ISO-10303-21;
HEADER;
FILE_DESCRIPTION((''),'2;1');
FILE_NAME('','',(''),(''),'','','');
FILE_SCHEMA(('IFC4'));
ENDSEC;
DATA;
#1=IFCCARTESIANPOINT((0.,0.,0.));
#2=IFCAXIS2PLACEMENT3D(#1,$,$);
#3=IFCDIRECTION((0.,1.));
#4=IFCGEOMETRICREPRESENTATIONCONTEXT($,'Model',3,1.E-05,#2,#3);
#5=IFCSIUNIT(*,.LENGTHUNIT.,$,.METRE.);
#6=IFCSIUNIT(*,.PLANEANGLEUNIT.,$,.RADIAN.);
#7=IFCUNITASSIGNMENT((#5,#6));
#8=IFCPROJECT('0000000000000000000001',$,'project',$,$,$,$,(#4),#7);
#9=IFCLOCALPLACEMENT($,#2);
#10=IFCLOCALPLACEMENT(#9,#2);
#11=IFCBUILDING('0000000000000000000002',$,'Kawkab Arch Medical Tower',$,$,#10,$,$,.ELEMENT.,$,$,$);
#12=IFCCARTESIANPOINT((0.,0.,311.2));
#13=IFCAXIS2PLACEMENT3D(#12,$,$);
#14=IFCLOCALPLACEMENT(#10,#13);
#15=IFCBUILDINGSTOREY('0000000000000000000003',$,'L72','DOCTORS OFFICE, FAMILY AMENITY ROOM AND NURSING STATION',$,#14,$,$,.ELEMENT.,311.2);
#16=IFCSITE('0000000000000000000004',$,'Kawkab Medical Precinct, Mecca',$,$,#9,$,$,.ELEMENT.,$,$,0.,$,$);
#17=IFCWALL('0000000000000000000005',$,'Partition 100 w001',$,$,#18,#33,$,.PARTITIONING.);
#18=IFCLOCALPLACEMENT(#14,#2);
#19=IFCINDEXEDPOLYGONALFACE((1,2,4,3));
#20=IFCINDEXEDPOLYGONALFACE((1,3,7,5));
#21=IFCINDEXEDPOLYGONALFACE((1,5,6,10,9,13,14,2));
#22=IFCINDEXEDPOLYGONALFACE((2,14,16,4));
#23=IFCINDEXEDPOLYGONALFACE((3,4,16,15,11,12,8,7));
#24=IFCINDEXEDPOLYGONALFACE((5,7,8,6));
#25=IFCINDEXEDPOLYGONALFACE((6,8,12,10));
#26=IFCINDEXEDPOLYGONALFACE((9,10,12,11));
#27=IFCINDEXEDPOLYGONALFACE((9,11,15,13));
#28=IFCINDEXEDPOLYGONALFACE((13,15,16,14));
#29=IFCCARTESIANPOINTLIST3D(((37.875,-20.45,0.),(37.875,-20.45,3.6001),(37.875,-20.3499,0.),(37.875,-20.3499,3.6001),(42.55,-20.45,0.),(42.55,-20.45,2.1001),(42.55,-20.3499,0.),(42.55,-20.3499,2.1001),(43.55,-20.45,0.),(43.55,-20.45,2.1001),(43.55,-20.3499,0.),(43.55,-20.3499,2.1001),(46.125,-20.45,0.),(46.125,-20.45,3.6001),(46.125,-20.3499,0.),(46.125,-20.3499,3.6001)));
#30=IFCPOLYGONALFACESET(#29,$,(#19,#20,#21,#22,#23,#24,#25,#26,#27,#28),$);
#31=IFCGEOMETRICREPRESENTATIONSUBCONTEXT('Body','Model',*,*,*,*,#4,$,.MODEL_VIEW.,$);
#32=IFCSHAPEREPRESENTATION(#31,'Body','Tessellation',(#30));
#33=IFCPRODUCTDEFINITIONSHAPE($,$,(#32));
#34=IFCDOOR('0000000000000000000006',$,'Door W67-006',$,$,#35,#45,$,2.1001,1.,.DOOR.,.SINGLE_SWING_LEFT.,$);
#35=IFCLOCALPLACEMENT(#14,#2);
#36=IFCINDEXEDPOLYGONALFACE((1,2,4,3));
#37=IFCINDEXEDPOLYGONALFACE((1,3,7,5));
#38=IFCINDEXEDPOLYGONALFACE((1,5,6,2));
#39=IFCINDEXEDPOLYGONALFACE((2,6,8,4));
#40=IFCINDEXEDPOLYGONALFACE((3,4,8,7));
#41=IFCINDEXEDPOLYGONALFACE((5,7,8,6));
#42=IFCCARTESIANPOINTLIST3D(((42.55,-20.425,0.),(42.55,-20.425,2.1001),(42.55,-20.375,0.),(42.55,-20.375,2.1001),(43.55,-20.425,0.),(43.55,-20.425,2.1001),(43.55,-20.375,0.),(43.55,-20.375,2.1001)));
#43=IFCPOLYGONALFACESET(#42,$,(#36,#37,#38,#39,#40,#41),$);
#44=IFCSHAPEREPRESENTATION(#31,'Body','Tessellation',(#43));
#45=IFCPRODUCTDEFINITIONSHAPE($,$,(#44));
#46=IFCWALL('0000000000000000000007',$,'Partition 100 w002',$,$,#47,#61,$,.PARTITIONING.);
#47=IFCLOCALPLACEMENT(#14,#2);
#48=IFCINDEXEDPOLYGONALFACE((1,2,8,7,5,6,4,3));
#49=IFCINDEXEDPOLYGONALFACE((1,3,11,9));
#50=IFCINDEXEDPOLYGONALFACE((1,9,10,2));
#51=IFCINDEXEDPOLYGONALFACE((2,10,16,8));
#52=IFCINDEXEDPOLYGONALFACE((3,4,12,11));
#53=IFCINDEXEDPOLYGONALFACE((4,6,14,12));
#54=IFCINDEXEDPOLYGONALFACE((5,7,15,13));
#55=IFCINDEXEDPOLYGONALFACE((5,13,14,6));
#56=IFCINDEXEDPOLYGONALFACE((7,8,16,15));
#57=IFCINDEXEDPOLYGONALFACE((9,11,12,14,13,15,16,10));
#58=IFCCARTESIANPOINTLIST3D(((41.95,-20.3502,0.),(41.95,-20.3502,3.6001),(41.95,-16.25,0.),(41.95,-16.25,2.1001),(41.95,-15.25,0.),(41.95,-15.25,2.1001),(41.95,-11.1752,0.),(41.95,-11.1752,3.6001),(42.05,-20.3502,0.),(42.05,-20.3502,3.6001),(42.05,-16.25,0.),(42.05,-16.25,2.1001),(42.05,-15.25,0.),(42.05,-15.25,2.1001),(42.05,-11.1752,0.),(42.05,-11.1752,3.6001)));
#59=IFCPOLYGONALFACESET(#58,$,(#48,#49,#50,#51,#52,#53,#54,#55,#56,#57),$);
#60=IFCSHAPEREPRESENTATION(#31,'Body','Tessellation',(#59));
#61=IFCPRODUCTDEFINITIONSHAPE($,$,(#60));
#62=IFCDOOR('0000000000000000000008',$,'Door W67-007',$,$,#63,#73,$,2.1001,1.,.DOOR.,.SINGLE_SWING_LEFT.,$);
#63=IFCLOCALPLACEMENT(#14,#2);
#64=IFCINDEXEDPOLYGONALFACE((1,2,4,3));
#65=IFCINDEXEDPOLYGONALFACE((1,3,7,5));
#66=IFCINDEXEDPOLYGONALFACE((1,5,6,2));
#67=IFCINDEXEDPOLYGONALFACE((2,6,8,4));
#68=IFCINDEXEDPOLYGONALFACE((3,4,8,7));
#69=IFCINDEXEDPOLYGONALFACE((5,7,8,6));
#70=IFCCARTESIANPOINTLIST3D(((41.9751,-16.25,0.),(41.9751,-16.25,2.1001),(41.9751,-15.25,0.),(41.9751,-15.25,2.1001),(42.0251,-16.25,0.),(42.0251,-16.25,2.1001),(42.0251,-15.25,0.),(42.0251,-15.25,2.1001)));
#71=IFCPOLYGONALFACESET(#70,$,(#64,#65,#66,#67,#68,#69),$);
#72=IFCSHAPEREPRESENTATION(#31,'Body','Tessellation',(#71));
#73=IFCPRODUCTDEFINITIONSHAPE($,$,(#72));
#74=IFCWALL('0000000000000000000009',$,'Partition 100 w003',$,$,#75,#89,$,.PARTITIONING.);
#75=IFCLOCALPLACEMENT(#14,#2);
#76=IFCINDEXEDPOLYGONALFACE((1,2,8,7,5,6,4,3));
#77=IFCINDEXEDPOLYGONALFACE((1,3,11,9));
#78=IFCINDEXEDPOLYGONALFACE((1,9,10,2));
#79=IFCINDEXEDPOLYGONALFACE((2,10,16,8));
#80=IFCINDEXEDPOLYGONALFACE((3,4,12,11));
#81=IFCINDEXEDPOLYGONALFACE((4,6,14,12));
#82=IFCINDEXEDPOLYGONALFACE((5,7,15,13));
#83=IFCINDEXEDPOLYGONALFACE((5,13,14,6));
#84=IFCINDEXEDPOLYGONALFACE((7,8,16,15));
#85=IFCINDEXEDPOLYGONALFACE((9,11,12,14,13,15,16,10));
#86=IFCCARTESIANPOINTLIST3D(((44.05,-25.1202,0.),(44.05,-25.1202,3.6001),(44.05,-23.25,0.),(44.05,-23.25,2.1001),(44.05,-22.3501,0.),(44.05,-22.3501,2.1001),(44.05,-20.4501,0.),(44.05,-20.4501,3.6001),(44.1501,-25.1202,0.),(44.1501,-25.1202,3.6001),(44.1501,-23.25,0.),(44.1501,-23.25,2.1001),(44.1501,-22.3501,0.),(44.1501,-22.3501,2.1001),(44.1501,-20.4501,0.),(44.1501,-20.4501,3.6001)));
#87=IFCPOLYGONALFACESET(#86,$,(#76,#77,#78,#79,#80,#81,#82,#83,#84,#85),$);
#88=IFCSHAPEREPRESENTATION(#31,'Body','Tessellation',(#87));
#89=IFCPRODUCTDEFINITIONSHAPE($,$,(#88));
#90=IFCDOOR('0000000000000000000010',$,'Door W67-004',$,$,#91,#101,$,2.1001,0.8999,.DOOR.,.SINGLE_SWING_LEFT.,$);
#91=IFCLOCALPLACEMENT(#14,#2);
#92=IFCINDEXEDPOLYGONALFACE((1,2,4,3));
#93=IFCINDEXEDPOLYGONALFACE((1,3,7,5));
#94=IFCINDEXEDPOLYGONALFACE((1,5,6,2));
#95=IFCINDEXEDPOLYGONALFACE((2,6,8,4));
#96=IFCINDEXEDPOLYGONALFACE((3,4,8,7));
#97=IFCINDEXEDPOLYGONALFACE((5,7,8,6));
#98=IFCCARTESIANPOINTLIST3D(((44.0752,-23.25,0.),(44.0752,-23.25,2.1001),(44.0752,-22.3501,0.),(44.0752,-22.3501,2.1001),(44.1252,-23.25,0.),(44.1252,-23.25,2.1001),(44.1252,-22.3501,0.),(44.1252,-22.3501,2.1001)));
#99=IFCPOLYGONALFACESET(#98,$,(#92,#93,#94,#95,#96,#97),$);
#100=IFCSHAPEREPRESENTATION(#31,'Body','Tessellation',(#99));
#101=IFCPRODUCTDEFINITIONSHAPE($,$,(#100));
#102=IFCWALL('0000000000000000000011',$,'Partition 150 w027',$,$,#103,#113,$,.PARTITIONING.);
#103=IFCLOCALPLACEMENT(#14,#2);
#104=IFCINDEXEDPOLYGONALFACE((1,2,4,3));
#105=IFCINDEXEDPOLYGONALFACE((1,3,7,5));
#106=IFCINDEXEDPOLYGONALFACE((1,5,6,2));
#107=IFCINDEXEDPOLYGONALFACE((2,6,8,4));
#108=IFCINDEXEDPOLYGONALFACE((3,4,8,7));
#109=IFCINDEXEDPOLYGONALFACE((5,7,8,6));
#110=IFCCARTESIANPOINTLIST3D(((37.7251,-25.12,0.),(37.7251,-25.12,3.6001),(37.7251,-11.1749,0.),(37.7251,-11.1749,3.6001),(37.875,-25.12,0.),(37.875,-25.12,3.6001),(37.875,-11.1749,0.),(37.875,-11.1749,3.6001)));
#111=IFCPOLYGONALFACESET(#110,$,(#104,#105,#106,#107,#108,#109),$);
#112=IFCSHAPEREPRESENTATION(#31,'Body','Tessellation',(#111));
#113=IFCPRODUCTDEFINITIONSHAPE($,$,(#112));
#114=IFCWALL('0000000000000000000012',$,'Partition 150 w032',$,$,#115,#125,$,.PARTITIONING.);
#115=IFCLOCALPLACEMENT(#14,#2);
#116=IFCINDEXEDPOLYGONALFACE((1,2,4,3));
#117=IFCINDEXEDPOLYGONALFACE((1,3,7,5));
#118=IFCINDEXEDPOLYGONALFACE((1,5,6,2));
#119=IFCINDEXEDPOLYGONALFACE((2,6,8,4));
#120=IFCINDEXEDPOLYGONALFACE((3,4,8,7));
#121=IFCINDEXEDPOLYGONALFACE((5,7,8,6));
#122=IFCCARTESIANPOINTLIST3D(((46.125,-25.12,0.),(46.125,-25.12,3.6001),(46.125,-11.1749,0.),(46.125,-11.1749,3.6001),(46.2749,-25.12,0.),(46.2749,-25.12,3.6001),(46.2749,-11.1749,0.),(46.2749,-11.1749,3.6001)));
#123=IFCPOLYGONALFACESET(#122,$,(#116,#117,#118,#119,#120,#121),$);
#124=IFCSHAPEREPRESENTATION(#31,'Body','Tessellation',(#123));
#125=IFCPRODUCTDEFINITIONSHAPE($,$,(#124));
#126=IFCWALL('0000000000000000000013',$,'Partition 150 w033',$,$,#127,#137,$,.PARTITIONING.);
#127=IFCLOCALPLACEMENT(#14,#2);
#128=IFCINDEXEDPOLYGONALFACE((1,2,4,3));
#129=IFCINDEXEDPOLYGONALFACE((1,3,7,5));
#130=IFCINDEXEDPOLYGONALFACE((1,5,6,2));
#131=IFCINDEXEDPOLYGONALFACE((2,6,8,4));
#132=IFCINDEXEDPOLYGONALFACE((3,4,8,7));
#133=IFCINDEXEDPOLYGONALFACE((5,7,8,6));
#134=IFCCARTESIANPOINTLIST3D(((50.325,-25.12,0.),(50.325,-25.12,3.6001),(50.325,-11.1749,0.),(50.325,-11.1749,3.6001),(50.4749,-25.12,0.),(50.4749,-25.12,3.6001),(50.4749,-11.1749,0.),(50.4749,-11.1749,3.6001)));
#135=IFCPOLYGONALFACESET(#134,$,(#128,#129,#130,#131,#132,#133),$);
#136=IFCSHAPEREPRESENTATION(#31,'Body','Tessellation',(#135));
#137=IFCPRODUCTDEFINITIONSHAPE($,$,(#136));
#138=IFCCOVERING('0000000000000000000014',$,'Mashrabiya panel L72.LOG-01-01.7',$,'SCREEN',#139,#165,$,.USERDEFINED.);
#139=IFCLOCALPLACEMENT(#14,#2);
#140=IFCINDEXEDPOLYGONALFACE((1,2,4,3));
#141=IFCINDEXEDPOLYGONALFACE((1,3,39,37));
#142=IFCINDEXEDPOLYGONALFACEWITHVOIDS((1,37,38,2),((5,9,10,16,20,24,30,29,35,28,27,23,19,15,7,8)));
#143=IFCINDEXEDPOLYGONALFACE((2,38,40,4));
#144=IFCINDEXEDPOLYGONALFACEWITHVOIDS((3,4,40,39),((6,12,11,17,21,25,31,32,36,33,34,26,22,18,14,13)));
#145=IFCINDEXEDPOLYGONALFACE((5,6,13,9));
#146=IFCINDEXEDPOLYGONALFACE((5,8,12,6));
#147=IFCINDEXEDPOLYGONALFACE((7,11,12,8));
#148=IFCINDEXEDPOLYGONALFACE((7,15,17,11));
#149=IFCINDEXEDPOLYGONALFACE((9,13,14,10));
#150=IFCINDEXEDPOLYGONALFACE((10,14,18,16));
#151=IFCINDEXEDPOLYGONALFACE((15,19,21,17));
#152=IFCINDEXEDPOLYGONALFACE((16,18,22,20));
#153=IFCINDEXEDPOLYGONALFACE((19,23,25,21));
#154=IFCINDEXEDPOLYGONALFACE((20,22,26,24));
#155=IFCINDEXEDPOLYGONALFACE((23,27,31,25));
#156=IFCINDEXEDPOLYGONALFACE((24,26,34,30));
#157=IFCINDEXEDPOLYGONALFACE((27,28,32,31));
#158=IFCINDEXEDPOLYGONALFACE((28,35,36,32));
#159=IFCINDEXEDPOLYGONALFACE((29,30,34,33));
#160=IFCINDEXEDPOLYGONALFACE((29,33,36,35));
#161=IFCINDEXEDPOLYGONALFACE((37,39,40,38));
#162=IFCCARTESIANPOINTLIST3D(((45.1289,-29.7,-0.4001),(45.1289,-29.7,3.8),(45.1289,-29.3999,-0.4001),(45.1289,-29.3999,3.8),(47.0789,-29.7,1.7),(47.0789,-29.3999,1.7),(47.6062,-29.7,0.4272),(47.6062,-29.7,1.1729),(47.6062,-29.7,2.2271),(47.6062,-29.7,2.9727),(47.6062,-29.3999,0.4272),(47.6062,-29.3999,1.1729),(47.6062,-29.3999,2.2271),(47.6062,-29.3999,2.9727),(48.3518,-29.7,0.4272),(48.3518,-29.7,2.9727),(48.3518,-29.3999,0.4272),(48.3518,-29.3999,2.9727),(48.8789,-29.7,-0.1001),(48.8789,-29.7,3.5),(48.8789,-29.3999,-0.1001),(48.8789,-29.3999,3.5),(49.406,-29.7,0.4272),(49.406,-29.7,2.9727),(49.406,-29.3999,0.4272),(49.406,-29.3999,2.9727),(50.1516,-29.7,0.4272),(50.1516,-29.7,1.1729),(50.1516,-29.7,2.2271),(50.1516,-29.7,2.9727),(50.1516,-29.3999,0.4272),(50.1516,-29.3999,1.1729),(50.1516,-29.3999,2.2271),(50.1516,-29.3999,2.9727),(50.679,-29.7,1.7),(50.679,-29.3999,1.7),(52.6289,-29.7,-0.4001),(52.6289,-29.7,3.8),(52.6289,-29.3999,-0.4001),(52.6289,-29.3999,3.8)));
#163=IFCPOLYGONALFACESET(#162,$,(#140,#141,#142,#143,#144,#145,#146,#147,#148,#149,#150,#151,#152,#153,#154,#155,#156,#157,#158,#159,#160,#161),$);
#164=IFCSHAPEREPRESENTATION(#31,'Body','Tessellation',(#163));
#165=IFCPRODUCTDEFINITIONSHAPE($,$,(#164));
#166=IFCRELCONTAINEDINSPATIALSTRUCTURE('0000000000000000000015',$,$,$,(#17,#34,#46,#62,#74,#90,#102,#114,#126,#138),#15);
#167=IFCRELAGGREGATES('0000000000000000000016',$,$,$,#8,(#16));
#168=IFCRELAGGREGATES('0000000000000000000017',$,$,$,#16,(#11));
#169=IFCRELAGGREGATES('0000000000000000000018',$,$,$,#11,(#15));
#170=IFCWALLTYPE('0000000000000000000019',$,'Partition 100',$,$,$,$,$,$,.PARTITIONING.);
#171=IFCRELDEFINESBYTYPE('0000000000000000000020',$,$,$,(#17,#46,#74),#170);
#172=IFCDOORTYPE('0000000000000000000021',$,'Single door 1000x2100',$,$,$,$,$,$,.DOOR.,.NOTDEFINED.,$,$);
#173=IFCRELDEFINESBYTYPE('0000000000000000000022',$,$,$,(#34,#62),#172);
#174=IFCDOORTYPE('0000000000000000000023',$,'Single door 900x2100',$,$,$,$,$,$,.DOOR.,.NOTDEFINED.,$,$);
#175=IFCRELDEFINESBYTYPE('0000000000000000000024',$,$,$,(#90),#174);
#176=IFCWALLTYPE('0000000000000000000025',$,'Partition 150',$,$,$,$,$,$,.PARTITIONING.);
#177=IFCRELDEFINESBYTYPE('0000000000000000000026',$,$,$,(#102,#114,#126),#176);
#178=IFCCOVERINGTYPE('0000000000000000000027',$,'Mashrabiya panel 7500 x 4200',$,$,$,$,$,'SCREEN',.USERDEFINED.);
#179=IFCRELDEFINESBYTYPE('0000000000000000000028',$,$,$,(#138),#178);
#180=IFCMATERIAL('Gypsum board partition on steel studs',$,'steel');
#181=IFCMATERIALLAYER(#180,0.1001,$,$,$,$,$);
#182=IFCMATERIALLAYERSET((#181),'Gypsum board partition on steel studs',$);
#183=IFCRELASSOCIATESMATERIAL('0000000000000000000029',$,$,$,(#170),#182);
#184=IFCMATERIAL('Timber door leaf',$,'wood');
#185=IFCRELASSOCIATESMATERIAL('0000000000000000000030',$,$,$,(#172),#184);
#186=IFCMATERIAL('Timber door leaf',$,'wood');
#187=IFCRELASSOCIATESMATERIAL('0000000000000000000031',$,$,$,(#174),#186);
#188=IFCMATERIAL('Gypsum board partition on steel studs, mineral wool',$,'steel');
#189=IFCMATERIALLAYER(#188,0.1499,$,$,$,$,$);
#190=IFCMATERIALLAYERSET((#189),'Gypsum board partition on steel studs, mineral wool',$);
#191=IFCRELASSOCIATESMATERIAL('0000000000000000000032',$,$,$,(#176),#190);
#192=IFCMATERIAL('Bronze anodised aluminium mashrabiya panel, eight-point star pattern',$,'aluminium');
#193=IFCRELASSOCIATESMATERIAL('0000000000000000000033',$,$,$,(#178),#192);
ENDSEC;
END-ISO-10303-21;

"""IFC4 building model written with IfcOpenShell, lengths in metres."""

from ifc_helpers import new_model, si_unit, direction, frame, frame_2d, origin, place, context, subcontext, project, spatial, polyline, rectangle, outline, extrude, material, layer, layer_set, material_profile, profile_set, type_object, element, fill, save


model = new_model("IFC4")

# Units and contexts
model_context = context("Model", 3, precision=1e-05, world=origin(), true_north=direction((0.0, 1.0)))
body_context = subcontext(model_context, "Body", "Model", "MODEL_VIEW")
ifc_project = project(units=[si_unit("LENGTHUNIT", "METRE"), si_unit("PLANEANGLEUNIT", "RADIAN")], contexts=[model_context])

# Site, building, storey
site_placement = place(None, origin())
site = spatial("IfcSite", under=ifc_project, at=site_placement, Name="Kawkab Medical Precinct, Mecca", CompositionType="ELEMENT", RefElevation=0.0)
building_placement = place(site_placement, origin())
building = spatial("IfcBuilding", under=site, at=building_placement, Name="Kawkab Arch Medical Tower", CompositionType="ELEMENT")
storey_placement = place(building_placement, frame((0.0, 0.0, 311.2)))
storey = spatial("IfcBuildingStorey", under=building, at=storey_placement, Name="L72", Description="DOCTORS OFFICE, FAMILY AMENITY ROOM AND NURSING STATION", CompositionType="ELEMENT", Elevation=311.2)

# Walls, openings, doors
ifc_material_1 = material(Name="Gypsum board partition on steel studs", Category="steel")
ifc_layer_1 = layer(ifc_material_1, 0.1001)
ifc_layer_set_1 = layer_set([ifc_layer_1], Name="Gypsum board partition on steel studs")
wall_type_1 = type_object("IfcWallType", Name="Partition 100", PredefinedType="PARTITIONING", material=ifc_layer_set_1)
wall_1_placement = place(storey_placement, frame((37.875, -20.3999, 0.0), z_axis=(0.0, 0.0, 1.0), x_axis=(1.0, 0.0, 0.0)))
wall_1 = element("IfcWall", 1, at=wall_1_placement, inside=storey, type_object=wall_type_1, Name="Partition 100 w001", PredefinedType="PARTITIONING", context=body_context, shape_type="SweptSolid", body=[
    extrude(rectangle(XDim=8.25, YDim=0.1001, at=frame_2d((4.125, 0.0))), origin(), (0.0, 0.0, 1.0), 3.6001),
])
opening_1_placement = place(wall_1_placement, frame((4.675, 0.0, 0.0)))
opening_1 = element("IfcOpeningElement", 2, at=opening_1_placement, cuts=wall_1, PredefinedType="OPENING", context=body_context, shape_type="SweptSolid", body=[
    extrude(rectangle(XDim=1.0, YDim=2.1001, at=frame_2d((0.5, 1.05))), frame((0.0, 0.0601, 0.0), z_axis=(0.0, -1.0, 0.0), x_axis=(1.0, 0.0, 0.0)), (0.0, 0.0, 1.0), 0.1201),
])
ifc_material_2 = material(Name="Timber door leaf", Category="wood")
door_type_1 = type_object("IfcDoorType", Name="Single door 1000x2100", OperationType="NOTDEFINED", PredefinedType="DOOR", material=ifc_material_2)
door_1_placement = place(opening_1_placement, origin())
door_1 = element("IfcDoor", 3, at=door_1_placement, inside=storey, type_object=door_type_1, Name="Door W67-006", OperationType="SINGLE_SWING_LEFT", OverallHeight=2.1001, OverallWidth=1.0, PredefinedType="DOOR", context=body_context, shape_type="SweptSolid", body=[
    extrude(rectangle(XDim=1.0, YDim=2.1001, at=frame_2d((0.5, 1.05))), frame((0.0, 0.0249, 0.0), z_axis=(0.0, -1.0, 0.0), x_axis=(1.0, 0.0, 0.0)), (0.0, 0.0, 1.0), 0.05),
])
fill(opening_1, door_1)
wall_2_placement = place(storey_placement, frame((42.0, -20.3501, 0.0), z_axis=(0.0, 0.0, 1.0), x_axis=(0.0, 1.0, 0.0)))
wall_2 = element("IfcWall", 4, at=wall_2_placement, inside=storey, type_object=wall_type_1, Name="Partition 100 w002", PredefinedType="PARTITIONING", context=body_context, shape_type="SweptSolid", body=[
    extrude(rectangle(XDim=9.175, YDim=0.1001, at=frame_2d((4.5874, 0.0))), origin(), (0.0, 0.0, 1.0), 3.6001),
])
opening_2_placement = place(wall_2_placement, frame((4.1001, 0.0, 0.0)))
opening_2 = element("IfcOpeningElement", 5, at=opening_2_placement, cuts=wall_2, PredefinedType="OPENING", context=body_context, shape_type="SweptSolid", body=[
    extrude(rectangle(XDim=1.0, YDim=2.1001, at=frame_2d((0.5, 1.05))), frame((0.0, 0.0601, 0.0), z_axis=(0.0, -1.0, 0.0), x_axis=(1.0, 0.0, 0.0)), (0.0, 0.0, 1.0), 0.1201),
])
door_2_placement = place(opening_2_placement, origin())
door_2 = element("IfcDoor", 6, at=door_2_placement, inside=storey, type_object=door_type_1, Name="Door W67-007", OperationType="SINGLE_SWING_LEFT", OverallHeight=2.1001, OverallWidth=1.0, PredefinedType="DOOR", context=body_context, shape_type="SweptSolid", body=[
    extrude(rectangle(XDim=1.0, YDim=2.1001, at=frame_2d((0.5, 1.05))), frame((0.0, 0.0249, 0.0), z_axis=(0.0, -1.0, 0.0), x_axis=(1.0, 0.0, 0.0)), (0.0, 0.0, 1.0), 0.05),
])
fill(opening_2, door_2)
wall_3_placement = place(storey_placement, frame((44.1001, -25.1201, 0.0), z_axis=(0.0, 0.0, 1.0), x_axis=(0.0, 1.0, 0.0)))
wall_3 = element("IfcWall", 7, at=wall_3_placement, inside=storey, type_object=wall_type_1, Name="Partition 100 w003", PredefinedType="PARTITIONING", context=body_context, shape_type="SweptSolid", body=[
    extrude(rectangle(XDim=4.6702, YDim=0.1001, at=frame_2d((2.335, 0.0))), origin(), (0.0, 0.0, 1.0), 3.6001),
])
opening_3_placement = place(wall_3_placement, frame((1.8701, 0.0, 0.0)))
opening_3 = element("IfcOpeningElement", 8, at=opening_3_placement, cuts=wall_3, PredefinedType="OPENING", context=body_context, shape_type="SweptSolid", body=[
    extrude(rectangle(XDim=0.8999, YDim=2.1001, at=frame_2d((0.45, 1.05))), frame((0.0, 0.0601, 0.0), z_axis=(0.0, -1.0, 0.0), x_axis=(1.0, 0.0, 0.0)), (0.0, 0.0, 1.0), 0.1201),
])
ifc_material_3 = material(Name="Timber door leaf", Category="wood")
door_type_2 = type_object("IfcDoorType", Name="Single door 900x2100", OperationType="NOTDEFINED", PredefinedType="DOOR", material=ifc_material_3)
door_3_placement = place(opening_3_placement, origin())
door_3 = element("IfcDoor", 9, at=door_3_placement, inside=storey, type_object=door_type_2, Name="Door W67-004", OperationType="SINGLE_SWING_LEFT", OverallHeight=2.1001, OverallWidth=0.8999, PredefinedType="DOOR", context=body_context, shape_type="SweptSolid", body=[
    extrude(rectangle(XDim=0.8999, YDim=2.1001, at=frame_2d((0.45, 1.05))), frame((0.0, 0.0249, 0.0), z_axis=(0.0, -1.0, 0.0), x_axis=(1.0, 0.0, 0.0)), (0.0, 0.0, 1.0), 0.05),
])
fill(opening_3, door_3)

# Walls
ifc_material_4 = material(Name="Gypsum board partition on steel studs, mineral wool", Category="steel")
ifc_layer_2 = layer(ifc_material_4, 0.1499)
ifc_layer_set_2 = layer_set([ifc_layer_2], Name="Gypsum board partition on steel studs, mineral wool")
wall_type_2 = type_object("IfcWallType", Name="Partition 150", PredefinedType="PARTITIONING", material=ifc_layer_set_2)
for number, where, z_axis, x_axis, name in (
    (10, (37.8, -25.1201, 0.0), (0.0, 0.0, 1.0), (0.0, 1.0, 0.0), "Partition 150 w027"),
    (11, (46.2, -25.1201, 0.0), (0.0, 0.0, 1.0), (0.0, 1.0, 0.0), "Partition 150 w032"),
    (12, (50.3999, -25.1201, 0.0), (0.0, 0.0, 1.0), (0.0, 1.0, 0.0), "Partition 150 w033"),
):
    element("IfcWall", number, at=place(storey_placement, frame(where, z_axis=z_axis, x_axis=x_axis)), inside=storey, type_object=wall_type_2, Name=name, PredefinedType="PARTITIONING", context=body_context, shape_type="SweptSolid", body=[
        extrude(rectangle(XDim=13.9451, YDim=0.1499, at=frame_2d((6.9727, 0.0))), origin(), (0.0, 0.0, 1.0), 3.6001),
    ])

# Covering
ifc_material_5 = material(Name="Bronze anodised aluminium mashrabiya panel, eight-point star pattern", Category="aluminium")
ifc_material_profile_1 = material_profile(ifc_material_5, outline(polyline([(-3.75, -2.1001), (3.75, -2.1001), (3.75, 2.1001), (-3.75, 2.1001), (-3.75, -2.1001)]), holes=[polyline([(1.8, 0.0), (1.2727, 0.5271), (1.2727, 1.2727), (0.5271, 1.2727), (0.0, 1.8), (-0.5271, 1.2727), (-1.2727, 1.2727), (-1.2727, 0.5271), (-1.8, 0.0), (-1.2727, -0.5271), (-1.2727, -1.2727), (-0.5271, -1.2727), (0.0, -1.8), (0.5271, -1.2727), (1.2727, -1.2727), (1.2727, -0.5271), (1.8, 0.0)])]), Name="Mashrabiya panel 7500x4200")
ifc_profile_set_1 = profile_set([ifc_material_profile_1], Name="Bronze anodised aluminium mashrabiya panel, eight-point star pattern")
covering_type_1 = type_object("IfcCoveringType", Name="Mashrabiya panel 7500 x 4200", ElementType="SCREEN", PredefinedType="USERDEFINED", material=ifc_profile_set_1)
covering_1_placement = place(storey_placement, frame((48.8789, -29.3999, 1.7), z_axis=(0.0, -1.0, 0.0), x_axis=(1.0, 0.0, 0.0)))
element("IfcCovering", 13, at=covering_1_placement, inside=storey, type_object=covering_type_1, Name="Mashrabiya panel L72.LOG-01-01.7", ObjectType="SCREEN", PredefinedType="USERDEFINED", context=body_context, shape_type="SweptSolid", body=[
    extrude(outline(polyline([(-3.75, -2.1001), (3.75, -2.1001), (3.75, 2.1001), (-3.75, 2.1001), (-3.75, -2.1001)]), holes=[polyline([(1.8, 0.0), (1.2727, 0.5271), (1.2727, 1.2727), (0.5271, 1.2727), (0.0, 1.8), (-0.5271, 1.2727), (-1.2727, 1.2727), (-1.2727, 0.5271), (-1.8, 0.0), (-1.2727, -0.5271), (-1.2727, -1.2727), (-0.5271, -1.2727), (0.0, -1.8), (0.5271, -1.2727), (1.2727, -1.2727), (1.2727, -0.5271), (1.8, 0.0)])]), origin(), (0.0, 0.0, 1.0), 0.3),
])

save(model, "model.ifc")
